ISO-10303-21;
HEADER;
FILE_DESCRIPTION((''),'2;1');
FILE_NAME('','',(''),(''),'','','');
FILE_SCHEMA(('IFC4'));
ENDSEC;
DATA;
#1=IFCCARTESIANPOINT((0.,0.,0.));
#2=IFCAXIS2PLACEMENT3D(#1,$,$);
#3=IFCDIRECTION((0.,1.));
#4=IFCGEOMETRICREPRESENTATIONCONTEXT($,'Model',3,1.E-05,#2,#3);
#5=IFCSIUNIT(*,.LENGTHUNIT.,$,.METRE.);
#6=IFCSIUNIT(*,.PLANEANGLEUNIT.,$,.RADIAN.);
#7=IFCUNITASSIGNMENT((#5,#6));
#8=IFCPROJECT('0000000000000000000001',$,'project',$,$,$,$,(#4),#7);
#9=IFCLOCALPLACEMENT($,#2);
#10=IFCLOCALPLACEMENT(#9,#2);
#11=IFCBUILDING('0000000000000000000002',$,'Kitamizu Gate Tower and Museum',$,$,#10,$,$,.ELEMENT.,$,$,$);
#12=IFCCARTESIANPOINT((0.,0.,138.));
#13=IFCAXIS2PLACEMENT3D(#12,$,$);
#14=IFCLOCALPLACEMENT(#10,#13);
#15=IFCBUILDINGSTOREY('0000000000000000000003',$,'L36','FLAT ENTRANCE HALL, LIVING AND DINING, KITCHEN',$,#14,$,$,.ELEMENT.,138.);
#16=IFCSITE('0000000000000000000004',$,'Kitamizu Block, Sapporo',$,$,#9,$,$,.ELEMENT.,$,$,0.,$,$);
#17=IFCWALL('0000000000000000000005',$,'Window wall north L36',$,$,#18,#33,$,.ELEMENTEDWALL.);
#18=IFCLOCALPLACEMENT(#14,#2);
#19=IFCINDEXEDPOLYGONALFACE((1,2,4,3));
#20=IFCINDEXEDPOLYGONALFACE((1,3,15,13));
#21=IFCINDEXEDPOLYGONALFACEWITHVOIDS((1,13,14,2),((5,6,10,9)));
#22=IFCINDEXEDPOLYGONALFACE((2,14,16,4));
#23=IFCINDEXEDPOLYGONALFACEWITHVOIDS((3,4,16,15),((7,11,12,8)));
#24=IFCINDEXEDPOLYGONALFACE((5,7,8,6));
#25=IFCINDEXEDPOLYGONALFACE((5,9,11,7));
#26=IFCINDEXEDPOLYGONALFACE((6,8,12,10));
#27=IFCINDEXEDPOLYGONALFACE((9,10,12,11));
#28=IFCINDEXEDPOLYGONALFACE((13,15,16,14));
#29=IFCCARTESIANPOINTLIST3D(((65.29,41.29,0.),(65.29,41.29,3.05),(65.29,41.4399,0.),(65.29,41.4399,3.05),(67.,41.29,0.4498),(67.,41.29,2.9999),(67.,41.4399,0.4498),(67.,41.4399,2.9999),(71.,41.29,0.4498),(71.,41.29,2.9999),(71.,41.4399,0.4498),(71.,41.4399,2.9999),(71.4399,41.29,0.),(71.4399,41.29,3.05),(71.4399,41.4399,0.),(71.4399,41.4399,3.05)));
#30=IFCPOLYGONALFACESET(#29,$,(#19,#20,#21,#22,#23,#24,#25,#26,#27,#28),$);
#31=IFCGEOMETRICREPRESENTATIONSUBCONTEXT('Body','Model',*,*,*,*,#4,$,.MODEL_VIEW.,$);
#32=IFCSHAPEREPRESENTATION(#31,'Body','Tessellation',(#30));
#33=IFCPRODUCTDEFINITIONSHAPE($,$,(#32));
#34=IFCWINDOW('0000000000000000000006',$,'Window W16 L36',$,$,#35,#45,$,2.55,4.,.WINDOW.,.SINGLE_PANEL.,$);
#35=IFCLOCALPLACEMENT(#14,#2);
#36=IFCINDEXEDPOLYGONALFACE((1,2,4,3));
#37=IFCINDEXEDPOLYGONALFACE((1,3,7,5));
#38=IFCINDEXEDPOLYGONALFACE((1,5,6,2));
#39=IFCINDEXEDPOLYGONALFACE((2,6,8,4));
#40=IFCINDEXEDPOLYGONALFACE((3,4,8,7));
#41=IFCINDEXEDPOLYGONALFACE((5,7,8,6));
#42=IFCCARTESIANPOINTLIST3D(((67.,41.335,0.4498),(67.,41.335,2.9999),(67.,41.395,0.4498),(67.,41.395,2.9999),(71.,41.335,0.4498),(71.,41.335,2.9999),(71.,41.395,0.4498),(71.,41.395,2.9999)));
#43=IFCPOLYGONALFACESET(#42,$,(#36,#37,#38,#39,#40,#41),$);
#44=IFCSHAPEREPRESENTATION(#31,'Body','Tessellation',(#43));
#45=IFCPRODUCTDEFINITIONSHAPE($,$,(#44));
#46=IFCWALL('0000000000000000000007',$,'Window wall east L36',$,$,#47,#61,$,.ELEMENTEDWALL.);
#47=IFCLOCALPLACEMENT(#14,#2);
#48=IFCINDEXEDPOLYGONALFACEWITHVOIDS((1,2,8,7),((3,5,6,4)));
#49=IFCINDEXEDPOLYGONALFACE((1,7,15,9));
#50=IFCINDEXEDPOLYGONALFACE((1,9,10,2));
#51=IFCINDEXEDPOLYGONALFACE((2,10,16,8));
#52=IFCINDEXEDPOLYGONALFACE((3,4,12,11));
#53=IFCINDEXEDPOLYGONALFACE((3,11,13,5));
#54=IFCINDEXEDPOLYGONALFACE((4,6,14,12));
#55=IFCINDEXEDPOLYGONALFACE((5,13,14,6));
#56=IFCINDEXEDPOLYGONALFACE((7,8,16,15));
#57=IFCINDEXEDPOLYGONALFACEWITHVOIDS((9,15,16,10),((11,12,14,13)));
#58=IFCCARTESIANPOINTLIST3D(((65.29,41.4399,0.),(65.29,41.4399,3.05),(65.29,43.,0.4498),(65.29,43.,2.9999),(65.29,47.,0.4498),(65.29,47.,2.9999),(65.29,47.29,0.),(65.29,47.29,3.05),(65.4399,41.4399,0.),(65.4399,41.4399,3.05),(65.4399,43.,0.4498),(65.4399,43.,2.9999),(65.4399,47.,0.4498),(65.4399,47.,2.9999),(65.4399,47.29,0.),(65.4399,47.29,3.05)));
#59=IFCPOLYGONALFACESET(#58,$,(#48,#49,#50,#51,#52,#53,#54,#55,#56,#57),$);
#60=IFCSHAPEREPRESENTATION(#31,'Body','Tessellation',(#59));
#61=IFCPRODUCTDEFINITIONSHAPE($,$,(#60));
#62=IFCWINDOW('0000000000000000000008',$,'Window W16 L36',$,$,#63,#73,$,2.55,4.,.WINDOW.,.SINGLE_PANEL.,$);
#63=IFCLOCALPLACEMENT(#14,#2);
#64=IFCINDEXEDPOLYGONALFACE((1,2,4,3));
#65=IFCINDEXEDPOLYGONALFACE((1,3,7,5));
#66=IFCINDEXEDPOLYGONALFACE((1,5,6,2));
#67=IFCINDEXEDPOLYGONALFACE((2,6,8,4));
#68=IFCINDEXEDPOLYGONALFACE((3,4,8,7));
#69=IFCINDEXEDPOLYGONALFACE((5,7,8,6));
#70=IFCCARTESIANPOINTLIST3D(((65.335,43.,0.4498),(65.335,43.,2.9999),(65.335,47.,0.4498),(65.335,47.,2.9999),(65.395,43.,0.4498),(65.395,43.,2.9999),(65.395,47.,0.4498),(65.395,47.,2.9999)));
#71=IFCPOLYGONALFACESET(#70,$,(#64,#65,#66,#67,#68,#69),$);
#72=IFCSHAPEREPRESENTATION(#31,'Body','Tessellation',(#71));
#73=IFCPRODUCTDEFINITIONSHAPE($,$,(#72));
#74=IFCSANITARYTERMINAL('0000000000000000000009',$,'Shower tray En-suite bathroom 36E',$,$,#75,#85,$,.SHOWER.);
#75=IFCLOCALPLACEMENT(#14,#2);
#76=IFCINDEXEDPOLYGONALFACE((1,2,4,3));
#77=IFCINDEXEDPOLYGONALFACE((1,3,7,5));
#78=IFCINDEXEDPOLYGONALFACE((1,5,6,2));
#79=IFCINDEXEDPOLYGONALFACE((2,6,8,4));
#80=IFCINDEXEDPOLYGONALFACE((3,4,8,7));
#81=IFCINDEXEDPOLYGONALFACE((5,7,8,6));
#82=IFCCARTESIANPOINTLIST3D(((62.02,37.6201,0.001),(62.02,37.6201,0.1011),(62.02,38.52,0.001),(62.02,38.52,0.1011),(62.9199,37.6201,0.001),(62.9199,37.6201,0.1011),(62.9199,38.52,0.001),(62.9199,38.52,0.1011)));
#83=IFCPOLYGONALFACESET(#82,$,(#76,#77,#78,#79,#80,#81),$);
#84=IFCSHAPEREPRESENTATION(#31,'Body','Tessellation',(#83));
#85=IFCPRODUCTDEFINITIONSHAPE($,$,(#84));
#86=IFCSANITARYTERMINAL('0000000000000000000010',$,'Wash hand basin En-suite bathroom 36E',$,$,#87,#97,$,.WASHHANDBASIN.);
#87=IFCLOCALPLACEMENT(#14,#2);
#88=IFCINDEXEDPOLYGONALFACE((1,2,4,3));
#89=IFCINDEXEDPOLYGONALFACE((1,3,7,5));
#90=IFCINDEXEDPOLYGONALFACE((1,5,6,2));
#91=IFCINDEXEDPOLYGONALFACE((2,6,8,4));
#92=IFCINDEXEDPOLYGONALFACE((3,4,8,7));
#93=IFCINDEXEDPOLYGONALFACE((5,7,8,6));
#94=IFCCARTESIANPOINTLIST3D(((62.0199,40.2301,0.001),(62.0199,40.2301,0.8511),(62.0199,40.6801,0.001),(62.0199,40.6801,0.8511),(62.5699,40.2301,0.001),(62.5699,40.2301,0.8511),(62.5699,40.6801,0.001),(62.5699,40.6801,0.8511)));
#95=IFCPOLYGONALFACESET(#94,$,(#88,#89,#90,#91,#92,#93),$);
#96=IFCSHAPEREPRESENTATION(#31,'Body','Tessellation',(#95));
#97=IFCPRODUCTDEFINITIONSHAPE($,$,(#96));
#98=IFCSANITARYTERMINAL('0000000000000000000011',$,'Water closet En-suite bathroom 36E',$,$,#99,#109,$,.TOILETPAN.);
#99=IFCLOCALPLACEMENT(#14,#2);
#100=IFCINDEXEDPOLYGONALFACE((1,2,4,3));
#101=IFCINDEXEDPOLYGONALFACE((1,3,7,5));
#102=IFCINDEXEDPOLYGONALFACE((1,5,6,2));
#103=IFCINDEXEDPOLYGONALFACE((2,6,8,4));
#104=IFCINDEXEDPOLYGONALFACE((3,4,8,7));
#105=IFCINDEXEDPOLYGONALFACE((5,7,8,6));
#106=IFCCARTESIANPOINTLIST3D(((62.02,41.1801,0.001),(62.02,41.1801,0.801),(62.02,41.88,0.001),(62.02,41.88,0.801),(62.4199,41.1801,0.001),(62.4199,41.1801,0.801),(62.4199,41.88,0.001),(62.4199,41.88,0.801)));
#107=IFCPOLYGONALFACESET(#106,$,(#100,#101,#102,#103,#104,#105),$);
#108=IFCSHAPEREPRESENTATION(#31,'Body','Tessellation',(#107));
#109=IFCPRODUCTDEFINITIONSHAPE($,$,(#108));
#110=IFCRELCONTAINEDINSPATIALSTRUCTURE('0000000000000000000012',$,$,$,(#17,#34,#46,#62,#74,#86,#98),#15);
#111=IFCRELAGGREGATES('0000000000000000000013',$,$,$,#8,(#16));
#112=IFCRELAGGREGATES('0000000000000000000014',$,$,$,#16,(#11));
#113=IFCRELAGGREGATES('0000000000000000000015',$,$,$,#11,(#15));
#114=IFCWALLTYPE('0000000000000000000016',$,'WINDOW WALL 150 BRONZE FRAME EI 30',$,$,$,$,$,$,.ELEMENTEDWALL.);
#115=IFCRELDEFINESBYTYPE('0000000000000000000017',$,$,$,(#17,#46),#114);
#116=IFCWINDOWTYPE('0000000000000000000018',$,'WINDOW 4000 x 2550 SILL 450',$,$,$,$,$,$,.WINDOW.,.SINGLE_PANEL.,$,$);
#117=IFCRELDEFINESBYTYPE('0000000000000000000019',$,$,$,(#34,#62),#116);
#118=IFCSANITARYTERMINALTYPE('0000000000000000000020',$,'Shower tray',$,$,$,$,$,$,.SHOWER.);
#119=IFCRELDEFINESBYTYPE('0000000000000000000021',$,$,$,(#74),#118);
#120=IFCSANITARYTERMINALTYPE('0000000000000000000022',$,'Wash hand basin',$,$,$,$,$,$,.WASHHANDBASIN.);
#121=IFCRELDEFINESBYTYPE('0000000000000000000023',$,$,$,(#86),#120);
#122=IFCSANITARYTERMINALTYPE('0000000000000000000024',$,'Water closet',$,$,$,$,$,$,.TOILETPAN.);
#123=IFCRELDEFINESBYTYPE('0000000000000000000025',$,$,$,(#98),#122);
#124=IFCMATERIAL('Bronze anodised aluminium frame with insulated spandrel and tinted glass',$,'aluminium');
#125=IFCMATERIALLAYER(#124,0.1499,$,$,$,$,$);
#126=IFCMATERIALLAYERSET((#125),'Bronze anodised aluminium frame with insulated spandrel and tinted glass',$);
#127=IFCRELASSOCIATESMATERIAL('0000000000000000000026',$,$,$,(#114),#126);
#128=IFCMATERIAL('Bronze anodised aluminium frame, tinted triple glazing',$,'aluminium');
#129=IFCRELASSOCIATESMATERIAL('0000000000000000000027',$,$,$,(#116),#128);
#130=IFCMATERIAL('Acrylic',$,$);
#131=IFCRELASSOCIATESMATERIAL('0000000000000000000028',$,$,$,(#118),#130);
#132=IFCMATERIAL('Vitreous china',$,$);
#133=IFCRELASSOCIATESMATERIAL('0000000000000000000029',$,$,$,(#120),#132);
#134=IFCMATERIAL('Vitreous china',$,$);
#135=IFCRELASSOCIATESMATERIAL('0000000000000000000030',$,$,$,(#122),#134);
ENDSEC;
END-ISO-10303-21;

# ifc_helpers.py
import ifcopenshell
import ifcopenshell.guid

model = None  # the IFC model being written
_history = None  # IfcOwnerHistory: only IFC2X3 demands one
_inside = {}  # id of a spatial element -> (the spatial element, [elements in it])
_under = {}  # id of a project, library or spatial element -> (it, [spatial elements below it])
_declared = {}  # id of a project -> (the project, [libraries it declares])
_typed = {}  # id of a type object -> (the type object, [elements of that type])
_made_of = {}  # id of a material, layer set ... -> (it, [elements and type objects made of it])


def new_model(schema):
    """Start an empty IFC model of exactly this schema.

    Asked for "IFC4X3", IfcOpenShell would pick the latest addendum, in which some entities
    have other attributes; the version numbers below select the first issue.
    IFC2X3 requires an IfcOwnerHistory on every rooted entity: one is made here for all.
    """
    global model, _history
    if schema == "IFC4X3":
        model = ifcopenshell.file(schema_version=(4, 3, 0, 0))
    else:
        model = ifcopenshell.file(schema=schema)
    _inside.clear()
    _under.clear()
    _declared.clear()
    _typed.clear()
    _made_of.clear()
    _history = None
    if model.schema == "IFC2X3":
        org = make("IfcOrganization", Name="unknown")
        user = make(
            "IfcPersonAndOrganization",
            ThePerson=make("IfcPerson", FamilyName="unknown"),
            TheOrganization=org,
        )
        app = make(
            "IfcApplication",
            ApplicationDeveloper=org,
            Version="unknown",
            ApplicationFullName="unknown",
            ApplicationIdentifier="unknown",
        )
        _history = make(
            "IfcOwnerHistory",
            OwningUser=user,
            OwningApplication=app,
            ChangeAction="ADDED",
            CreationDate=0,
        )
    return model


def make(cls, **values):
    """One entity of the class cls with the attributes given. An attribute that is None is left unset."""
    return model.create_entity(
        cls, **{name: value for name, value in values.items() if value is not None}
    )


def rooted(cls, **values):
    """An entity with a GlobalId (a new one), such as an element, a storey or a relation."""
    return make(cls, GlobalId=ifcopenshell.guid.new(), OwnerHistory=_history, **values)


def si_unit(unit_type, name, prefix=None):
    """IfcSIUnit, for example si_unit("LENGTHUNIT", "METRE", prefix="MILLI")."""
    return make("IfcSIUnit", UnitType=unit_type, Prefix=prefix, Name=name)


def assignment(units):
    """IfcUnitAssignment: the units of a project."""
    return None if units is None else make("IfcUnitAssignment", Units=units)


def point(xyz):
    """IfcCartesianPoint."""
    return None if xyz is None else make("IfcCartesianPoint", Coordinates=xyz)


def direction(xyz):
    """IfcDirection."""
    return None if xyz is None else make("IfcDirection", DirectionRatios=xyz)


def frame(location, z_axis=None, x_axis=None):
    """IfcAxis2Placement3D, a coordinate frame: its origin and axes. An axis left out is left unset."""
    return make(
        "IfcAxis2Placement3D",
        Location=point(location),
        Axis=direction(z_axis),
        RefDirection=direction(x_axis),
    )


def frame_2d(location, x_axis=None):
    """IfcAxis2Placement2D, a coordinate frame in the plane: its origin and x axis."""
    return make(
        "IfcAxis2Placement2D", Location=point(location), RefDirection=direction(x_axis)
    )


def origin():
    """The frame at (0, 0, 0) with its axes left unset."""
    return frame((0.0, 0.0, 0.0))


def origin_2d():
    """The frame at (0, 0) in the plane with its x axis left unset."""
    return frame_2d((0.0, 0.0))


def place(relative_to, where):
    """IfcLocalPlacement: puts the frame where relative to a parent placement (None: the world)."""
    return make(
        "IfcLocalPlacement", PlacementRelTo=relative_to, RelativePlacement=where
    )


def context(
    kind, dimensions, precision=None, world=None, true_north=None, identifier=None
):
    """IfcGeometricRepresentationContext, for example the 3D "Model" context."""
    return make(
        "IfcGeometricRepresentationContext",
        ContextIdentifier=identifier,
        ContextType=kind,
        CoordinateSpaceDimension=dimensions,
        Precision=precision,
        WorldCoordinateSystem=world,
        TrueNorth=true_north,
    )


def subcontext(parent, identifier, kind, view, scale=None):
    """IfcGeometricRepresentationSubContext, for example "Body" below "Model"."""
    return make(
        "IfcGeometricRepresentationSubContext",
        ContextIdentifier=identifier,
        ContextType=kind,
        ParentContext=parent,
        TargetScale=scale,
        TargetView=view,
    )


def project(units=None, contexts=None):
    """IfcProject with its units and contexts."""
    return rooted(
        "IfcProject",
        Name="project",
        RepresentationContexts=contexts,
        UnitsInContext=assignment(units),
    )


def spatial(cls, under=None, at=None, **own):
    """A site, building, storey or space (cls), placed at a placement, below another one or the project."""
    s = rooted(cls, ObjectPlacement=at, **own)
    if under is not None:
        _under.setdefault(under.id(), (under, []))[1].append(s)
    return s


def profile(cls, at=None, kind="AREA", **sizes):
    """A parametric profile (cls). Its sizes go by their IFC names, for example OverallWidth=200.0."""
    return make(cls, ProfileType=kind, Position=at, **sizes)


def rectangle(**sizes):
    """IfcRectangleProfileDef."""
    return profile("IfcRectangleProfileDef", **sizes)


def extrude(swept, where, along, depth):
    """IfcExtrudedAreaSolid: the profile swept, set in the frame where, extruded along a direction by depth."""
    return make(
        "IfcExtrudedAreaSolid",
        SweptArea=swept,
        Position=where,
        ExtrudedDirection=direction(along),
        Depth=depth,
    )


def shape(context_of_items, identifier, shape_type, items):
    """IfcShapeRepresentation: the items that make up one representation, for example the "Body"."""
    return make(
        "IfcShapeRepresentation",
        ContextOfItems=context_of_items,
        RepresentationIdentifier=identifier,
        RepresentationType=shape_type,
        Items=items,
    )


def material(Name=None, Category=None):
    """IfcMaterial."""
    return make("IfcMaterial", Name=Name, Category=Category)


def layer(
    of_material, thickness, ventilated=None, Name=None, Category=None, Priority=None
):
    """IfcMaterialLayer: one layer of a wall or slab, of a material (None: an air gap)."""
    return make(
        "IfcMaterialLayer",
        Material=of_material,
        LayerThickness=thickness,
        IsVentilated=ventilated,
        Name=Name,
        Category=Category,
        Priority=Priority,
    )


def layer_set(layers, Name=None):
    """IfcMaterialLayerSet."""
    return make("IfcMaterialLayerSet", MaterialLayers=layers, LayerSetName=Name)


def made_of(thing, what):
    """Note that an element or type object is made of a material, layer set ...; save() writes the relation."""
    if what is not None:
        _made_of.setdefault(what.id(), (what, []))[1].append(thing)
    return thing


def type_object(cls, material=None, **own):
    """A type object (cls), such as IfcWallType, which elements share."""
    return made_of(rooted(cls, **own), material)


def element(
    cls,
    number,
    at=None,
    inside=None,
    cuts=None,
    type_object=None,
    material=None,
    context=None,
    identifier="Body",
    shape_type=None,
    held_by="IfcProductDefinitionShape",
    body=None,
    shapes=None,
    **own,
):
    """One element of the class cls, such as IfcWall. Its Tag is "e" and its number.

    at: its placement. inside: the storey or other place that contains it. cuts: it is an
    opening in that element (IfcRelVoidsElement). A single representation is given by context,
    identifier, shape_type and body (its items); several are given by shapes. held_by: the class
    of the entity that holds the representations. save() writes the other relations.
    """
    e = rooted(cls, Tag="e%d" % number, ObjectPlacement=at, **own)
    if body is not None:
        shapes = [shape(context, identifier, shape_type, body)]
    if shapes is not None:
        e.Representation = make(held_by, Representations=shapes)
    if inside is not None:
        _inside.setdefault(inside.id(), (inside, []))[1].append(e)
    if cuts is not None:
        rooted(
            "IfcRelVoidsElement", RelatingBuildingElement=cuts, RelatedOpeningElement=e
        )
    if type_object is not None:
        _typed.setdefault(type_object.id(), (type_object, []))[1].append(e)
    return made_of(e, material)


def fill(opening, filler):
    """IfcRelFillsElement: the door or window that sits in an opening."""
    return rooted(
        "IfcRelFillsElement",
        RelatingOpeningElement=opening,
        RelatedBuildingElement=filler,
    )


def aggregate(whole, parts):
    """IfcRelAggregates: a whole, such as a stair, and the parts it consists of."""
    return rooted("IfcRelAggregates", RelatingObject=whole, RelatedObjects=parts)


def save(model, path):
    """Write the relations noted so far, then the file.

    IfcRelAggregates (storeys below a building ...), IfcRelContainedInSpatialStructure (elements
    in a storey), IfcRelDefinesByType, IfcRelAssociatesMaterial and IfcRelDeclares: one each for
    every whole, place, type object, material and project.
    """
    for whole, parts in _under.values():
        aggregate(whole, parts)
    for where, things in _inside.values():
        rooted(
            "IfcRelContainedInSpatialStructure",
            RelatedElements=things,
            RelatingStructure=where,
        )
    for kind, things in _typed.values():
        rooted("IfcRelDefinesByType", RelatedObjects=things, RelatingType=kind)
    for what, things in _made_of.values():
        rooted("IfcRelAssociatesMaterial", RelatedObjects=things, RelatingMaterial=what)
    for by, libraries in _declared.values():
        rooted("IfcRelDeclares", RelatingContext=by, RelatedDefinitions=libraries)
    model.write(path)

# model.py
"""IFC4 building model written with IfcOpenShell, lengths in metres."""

from ifc_helpers import new_model, si_unit, direction, frame, frame_2d, origin, origin_2d, place, context, subcontext, project, spatial, rectangle, extrude, material, layer, layer_set, type_object, element, fill, save


model = new_model("IFC4")

# Units and contexts
model_context = context("Model", 3, precision=1e-05, world=origin(), true_north=direction((0.0, 1.0)))
body_context = subcontext(model_context, "Body", "Model", "MODEL_VIEW")
ifc_project = project(units=[si_unit("LENGTHUNIT", "METRE"), si_unit("PLANEANGLEUNIT", "RADIAN")], contexts=[model_context])

# Site, building, storey
site_placement = place(None, origin())
site = spatial("IfcSite", under=ifc_project, at=site_placement, Name="Kitamizu Block, Sapporo", CompositionType="ELEMENT", RefElevation=0.0)
building_placement = place(site_placement, origin())
building = spatial("IfcBuilding", under=site, at=building_placement, Name="Kitamizu Gate Tower and Museum", CompositionType="ELEMENT")
storey_placement = place(building_placement, frame((0.0, 0.0, 138.0)))
storey = spatial("IfcBuildingStorey", under=building, at=storey_placement, Name="L36", Description="FLAT ENTRANCE HALL, LIVING AND DINING, KITCHEN", CompositionType="ELEMENT", Elevation=138.0)

# Walls, openings, windows
ifc_material_1 = material(Name="Bronze anodised aluminium frame with insulated spandrel and tinted glass", Category="aluminium")
ifc_layer_1 = layer(ifc_material_1, 0.1499)
ifc_layer_set_1 = layer_set([ifc_layer_1], Name="Bronze anodised aluminium frame with insulated spandrel and tinted glass")
wall_type_1 = type_object("IfcWallType", Name="WINDOW WALL 150 BRONZE FRAME EI 30", PredefinedType="ELEMENTEDWALL", material=ifc_layer_set_1)
wall_1_placement = place(storey_placement, frame((65.29, 41.365, 0.0), z_axis=(0.0, 0.0, 1.0), x_axis=(1.0, 0.0, 0.0)))
wall_1 = element("IfcWall", 1, at=wall_1_placement, inside=storey, type_object=wall_type_1, Name="Window wall north L36", PredefinedType="ELEMENTEDWALL", context=body_context, shape_type="SweptSolid", body=[
    extrude(rectangle(XDim=6.1499, YDim=0.1499, at=frame_2d((3.075, 0.0))), origin(), (0.0, 0.0, 1.0), 3.05),
])
opening_1_placement = place(wall_1_placement, frame((1.71, 0.0, 0.45)))
opening_1 = element("IfcOpeningElement", 2, at=opening_1_placement, cuts=wall_1, PredefinedType="OPENING", context=body_context, shape_type="SweptSolid", body=[
    extrude(rectangle(XDim=4.0, YDim=2.55, at=frame_2d((2.0, 1.2749))), frame((0.0, 0.085, 0.0), z_axis=(0.0, -1.0, 0.0), x_axis=(1.0, 0.0, 0.0)), (0.0, 0.0, 1.0), 0.1699),
])
ifc_material_2 = material(Name="Bronze anodised aluminium frame, tinted triple glazing", Category="aluminium")
window_type = type_object("IfcWindowType", Name="WINDOW 4000 x 2550 SILL 450", PartitioningType="SINGLE_PANEL", PredefinedType="WINDOW", material=ifc_material_2)
window_1_placement = place(opening_1_placement, origin())
window_1 = element("IfcWindow", 3, at=window_1_placement, inside=storey, type_object=window_type, Name="Window W16 L36", OverallHeight=2.55, OverallWidth=4.0, PartitioningType="SINGLE_PANEL", PredefinedType="WINDOW", context=body_context, shape_type="SweptSolid", body=[
    extrude(rectangle(XDim=4.0, YDim=2.55, at=frame_2d((2.0, 1.2749))), frame((0.0, 0.03, 0.0), z_axis=(0.0, -1.0, 0.0), x_axis=(1.0, 0.0, 0.0)), (0.0, 0.0, 1.0), 0.0601),
])
fill(opening_1, window_1)
wall_2_placement = place(storey_placement, frame((65.365, 41.4399, 0.0), z_axis=(0.0, 0.0, 1.0), x_axis=(0.0, 1.0, 0.0)))
wall_2 = element("IfcWall", 4, at=wall_2_placement, inside=storey, type_object=wall_type_1, Name="Window wall east L36", PredefinedType="ELEMENTEDWALL", context=body_context, shape_type="SweptSolid", body=[
    extrude(rectangle(XDim=5.8501, YDim=0.1499, at=frame_2d((2.925, 0.0))), origin(), (0.0, 0.0, 1.0), 3.05),
])
opening_2_placement = place(wall_2_placement, frame((1.5601, 0.0, 0.45)))
opening_2 = element("IfcOpeningElement", 5, at=opening_2_placement, cuts=wall_2, PredefinedType="OPENING", context=body_context, shape_type="SweptSolid", body=[
    extrude(rectangle(XDim=4.0, YDim=2.55, at=frame_2d((2.0, 1.2749))), frame((0.0, 0.085, 0.0), z_axis=(0.0, -1.0, 0.0), x_axis=(1.0, 0.0, 0.0)), (0.0, 0.0, 1.0), 0.1699),
])
window_2_placement = place(opening_2_placement, origin())
window_2 = element("IfcWindow", 6, at=window_2_placement, inside=storey, type_object=window_type, Name="Window W16 L36", OverallHeight=2.55, OverallWidth=4.0, PartitioningType="SINGLE_PANEL", PredefinedType="WINDOW", context=body_context, shape_type="SweptSolid", body=[
    extrude(rectangle(XDim=4.0, YDim=2.55, at=frame_2d((2.0, 1.2749))), frame((0.0, 0.03, 0.0), z_axis=(0.0, -1.0, 0.0), x_axis=(1.0, 0.0, 0.0)), (0.0, 0.0, 1.0), 0.0601),
])
fill(opening_2, window_2)

# Sanitary terminals
ifc_material_3 = material(Name="Acrylic")
sanitary_terminal_type_1 = type_object("IfcSanitaryTerminalType", Name="Shower tray", PredefinedType="SHOWER", material=ifc_material_3)
sanitary_terminal_1_placement = place(storey_placement, frame((62.47, 38.0701, 0.001), z_axis=(0.0, 0.0, 1.0), x_axis=(1.0, 0.0, 0.0)))
element("IfcSanitaryTerminal", 7, at=sanitary_terminal_1_placement, inside=storey, type_object=sanitary_terminal_type_1, Name="Shower tray En-suite bathroom 36E", PredefinedType="SHOWER", context=body_context, shape_type="SweptSolid", body=[
    extrude(rectangle(XDim=0.8999, YDim=0.8999, at=origin_2d()), origin(), (0.0, 0.0, 1.0), 0.1001),
])
ifc_material_4 = material(Name="Vitreous china")
sanitary_terminal_type_2 = type_object("IfcSanitaryTerminalType", Name="Wash hand basin", PredefinedType="WASHHANDBASIN", material=ifc_material_4)
sanitary_terminal_2_placement = place(storey_placement, frame((62.2949, 40.4551, 0.001), z_axis=(0.0, 0.0, 1.0), x_axis=(1.0, 0.0, 0.0)))
element("IfcSanitaryTerminal", 8, at=sanitary_terminal_2_placement, inside=storey, type_object=sanitary_terminal_type_2, Name="Wash hand basin En-suite bathroom 36E", PredefinedType="WASHHANDBASIN", context=body_context, shape_type="SweptSolid", body=[
    extrude(rectangle(XDim=0.55, YDim=0.45, at=origin_2d()), origin(), (0.0, 0.0, 1.0), 0.8501),
])
ifc_material_5 = material(Name="Vitreous china")
sanitary_terminal_type_3 = type_object("IfcSanitaryTerminalType", Name="Water closet", PredefinedType="TOILETPAN", material=ifc_material_5)
sanitary_terminal_3_placement = place(storey_placement, frame((62.22, 41.53, 0.001), z_axis=(0.0, 0.0, 1.0), x_axis=(1.0, 0.0, 0.0)))
element("IfcSanitaryTerminal", 9, at=sanitary_terminal_3_placement, inside=storey, type_object=sanitary_terminal_type_3, Name="Water closet En-suite bathroom 36E", PredefinedType="TOILETPAN", context=body_context, shape_type="SweptSolid", body=[
    extrude(rectangle(XDim=0.3999, YDim=0.7, at=origin_2d()), origin(), (0.0, 0.0, 1.0), 0.8),
])

save(model, "model.ifc")
